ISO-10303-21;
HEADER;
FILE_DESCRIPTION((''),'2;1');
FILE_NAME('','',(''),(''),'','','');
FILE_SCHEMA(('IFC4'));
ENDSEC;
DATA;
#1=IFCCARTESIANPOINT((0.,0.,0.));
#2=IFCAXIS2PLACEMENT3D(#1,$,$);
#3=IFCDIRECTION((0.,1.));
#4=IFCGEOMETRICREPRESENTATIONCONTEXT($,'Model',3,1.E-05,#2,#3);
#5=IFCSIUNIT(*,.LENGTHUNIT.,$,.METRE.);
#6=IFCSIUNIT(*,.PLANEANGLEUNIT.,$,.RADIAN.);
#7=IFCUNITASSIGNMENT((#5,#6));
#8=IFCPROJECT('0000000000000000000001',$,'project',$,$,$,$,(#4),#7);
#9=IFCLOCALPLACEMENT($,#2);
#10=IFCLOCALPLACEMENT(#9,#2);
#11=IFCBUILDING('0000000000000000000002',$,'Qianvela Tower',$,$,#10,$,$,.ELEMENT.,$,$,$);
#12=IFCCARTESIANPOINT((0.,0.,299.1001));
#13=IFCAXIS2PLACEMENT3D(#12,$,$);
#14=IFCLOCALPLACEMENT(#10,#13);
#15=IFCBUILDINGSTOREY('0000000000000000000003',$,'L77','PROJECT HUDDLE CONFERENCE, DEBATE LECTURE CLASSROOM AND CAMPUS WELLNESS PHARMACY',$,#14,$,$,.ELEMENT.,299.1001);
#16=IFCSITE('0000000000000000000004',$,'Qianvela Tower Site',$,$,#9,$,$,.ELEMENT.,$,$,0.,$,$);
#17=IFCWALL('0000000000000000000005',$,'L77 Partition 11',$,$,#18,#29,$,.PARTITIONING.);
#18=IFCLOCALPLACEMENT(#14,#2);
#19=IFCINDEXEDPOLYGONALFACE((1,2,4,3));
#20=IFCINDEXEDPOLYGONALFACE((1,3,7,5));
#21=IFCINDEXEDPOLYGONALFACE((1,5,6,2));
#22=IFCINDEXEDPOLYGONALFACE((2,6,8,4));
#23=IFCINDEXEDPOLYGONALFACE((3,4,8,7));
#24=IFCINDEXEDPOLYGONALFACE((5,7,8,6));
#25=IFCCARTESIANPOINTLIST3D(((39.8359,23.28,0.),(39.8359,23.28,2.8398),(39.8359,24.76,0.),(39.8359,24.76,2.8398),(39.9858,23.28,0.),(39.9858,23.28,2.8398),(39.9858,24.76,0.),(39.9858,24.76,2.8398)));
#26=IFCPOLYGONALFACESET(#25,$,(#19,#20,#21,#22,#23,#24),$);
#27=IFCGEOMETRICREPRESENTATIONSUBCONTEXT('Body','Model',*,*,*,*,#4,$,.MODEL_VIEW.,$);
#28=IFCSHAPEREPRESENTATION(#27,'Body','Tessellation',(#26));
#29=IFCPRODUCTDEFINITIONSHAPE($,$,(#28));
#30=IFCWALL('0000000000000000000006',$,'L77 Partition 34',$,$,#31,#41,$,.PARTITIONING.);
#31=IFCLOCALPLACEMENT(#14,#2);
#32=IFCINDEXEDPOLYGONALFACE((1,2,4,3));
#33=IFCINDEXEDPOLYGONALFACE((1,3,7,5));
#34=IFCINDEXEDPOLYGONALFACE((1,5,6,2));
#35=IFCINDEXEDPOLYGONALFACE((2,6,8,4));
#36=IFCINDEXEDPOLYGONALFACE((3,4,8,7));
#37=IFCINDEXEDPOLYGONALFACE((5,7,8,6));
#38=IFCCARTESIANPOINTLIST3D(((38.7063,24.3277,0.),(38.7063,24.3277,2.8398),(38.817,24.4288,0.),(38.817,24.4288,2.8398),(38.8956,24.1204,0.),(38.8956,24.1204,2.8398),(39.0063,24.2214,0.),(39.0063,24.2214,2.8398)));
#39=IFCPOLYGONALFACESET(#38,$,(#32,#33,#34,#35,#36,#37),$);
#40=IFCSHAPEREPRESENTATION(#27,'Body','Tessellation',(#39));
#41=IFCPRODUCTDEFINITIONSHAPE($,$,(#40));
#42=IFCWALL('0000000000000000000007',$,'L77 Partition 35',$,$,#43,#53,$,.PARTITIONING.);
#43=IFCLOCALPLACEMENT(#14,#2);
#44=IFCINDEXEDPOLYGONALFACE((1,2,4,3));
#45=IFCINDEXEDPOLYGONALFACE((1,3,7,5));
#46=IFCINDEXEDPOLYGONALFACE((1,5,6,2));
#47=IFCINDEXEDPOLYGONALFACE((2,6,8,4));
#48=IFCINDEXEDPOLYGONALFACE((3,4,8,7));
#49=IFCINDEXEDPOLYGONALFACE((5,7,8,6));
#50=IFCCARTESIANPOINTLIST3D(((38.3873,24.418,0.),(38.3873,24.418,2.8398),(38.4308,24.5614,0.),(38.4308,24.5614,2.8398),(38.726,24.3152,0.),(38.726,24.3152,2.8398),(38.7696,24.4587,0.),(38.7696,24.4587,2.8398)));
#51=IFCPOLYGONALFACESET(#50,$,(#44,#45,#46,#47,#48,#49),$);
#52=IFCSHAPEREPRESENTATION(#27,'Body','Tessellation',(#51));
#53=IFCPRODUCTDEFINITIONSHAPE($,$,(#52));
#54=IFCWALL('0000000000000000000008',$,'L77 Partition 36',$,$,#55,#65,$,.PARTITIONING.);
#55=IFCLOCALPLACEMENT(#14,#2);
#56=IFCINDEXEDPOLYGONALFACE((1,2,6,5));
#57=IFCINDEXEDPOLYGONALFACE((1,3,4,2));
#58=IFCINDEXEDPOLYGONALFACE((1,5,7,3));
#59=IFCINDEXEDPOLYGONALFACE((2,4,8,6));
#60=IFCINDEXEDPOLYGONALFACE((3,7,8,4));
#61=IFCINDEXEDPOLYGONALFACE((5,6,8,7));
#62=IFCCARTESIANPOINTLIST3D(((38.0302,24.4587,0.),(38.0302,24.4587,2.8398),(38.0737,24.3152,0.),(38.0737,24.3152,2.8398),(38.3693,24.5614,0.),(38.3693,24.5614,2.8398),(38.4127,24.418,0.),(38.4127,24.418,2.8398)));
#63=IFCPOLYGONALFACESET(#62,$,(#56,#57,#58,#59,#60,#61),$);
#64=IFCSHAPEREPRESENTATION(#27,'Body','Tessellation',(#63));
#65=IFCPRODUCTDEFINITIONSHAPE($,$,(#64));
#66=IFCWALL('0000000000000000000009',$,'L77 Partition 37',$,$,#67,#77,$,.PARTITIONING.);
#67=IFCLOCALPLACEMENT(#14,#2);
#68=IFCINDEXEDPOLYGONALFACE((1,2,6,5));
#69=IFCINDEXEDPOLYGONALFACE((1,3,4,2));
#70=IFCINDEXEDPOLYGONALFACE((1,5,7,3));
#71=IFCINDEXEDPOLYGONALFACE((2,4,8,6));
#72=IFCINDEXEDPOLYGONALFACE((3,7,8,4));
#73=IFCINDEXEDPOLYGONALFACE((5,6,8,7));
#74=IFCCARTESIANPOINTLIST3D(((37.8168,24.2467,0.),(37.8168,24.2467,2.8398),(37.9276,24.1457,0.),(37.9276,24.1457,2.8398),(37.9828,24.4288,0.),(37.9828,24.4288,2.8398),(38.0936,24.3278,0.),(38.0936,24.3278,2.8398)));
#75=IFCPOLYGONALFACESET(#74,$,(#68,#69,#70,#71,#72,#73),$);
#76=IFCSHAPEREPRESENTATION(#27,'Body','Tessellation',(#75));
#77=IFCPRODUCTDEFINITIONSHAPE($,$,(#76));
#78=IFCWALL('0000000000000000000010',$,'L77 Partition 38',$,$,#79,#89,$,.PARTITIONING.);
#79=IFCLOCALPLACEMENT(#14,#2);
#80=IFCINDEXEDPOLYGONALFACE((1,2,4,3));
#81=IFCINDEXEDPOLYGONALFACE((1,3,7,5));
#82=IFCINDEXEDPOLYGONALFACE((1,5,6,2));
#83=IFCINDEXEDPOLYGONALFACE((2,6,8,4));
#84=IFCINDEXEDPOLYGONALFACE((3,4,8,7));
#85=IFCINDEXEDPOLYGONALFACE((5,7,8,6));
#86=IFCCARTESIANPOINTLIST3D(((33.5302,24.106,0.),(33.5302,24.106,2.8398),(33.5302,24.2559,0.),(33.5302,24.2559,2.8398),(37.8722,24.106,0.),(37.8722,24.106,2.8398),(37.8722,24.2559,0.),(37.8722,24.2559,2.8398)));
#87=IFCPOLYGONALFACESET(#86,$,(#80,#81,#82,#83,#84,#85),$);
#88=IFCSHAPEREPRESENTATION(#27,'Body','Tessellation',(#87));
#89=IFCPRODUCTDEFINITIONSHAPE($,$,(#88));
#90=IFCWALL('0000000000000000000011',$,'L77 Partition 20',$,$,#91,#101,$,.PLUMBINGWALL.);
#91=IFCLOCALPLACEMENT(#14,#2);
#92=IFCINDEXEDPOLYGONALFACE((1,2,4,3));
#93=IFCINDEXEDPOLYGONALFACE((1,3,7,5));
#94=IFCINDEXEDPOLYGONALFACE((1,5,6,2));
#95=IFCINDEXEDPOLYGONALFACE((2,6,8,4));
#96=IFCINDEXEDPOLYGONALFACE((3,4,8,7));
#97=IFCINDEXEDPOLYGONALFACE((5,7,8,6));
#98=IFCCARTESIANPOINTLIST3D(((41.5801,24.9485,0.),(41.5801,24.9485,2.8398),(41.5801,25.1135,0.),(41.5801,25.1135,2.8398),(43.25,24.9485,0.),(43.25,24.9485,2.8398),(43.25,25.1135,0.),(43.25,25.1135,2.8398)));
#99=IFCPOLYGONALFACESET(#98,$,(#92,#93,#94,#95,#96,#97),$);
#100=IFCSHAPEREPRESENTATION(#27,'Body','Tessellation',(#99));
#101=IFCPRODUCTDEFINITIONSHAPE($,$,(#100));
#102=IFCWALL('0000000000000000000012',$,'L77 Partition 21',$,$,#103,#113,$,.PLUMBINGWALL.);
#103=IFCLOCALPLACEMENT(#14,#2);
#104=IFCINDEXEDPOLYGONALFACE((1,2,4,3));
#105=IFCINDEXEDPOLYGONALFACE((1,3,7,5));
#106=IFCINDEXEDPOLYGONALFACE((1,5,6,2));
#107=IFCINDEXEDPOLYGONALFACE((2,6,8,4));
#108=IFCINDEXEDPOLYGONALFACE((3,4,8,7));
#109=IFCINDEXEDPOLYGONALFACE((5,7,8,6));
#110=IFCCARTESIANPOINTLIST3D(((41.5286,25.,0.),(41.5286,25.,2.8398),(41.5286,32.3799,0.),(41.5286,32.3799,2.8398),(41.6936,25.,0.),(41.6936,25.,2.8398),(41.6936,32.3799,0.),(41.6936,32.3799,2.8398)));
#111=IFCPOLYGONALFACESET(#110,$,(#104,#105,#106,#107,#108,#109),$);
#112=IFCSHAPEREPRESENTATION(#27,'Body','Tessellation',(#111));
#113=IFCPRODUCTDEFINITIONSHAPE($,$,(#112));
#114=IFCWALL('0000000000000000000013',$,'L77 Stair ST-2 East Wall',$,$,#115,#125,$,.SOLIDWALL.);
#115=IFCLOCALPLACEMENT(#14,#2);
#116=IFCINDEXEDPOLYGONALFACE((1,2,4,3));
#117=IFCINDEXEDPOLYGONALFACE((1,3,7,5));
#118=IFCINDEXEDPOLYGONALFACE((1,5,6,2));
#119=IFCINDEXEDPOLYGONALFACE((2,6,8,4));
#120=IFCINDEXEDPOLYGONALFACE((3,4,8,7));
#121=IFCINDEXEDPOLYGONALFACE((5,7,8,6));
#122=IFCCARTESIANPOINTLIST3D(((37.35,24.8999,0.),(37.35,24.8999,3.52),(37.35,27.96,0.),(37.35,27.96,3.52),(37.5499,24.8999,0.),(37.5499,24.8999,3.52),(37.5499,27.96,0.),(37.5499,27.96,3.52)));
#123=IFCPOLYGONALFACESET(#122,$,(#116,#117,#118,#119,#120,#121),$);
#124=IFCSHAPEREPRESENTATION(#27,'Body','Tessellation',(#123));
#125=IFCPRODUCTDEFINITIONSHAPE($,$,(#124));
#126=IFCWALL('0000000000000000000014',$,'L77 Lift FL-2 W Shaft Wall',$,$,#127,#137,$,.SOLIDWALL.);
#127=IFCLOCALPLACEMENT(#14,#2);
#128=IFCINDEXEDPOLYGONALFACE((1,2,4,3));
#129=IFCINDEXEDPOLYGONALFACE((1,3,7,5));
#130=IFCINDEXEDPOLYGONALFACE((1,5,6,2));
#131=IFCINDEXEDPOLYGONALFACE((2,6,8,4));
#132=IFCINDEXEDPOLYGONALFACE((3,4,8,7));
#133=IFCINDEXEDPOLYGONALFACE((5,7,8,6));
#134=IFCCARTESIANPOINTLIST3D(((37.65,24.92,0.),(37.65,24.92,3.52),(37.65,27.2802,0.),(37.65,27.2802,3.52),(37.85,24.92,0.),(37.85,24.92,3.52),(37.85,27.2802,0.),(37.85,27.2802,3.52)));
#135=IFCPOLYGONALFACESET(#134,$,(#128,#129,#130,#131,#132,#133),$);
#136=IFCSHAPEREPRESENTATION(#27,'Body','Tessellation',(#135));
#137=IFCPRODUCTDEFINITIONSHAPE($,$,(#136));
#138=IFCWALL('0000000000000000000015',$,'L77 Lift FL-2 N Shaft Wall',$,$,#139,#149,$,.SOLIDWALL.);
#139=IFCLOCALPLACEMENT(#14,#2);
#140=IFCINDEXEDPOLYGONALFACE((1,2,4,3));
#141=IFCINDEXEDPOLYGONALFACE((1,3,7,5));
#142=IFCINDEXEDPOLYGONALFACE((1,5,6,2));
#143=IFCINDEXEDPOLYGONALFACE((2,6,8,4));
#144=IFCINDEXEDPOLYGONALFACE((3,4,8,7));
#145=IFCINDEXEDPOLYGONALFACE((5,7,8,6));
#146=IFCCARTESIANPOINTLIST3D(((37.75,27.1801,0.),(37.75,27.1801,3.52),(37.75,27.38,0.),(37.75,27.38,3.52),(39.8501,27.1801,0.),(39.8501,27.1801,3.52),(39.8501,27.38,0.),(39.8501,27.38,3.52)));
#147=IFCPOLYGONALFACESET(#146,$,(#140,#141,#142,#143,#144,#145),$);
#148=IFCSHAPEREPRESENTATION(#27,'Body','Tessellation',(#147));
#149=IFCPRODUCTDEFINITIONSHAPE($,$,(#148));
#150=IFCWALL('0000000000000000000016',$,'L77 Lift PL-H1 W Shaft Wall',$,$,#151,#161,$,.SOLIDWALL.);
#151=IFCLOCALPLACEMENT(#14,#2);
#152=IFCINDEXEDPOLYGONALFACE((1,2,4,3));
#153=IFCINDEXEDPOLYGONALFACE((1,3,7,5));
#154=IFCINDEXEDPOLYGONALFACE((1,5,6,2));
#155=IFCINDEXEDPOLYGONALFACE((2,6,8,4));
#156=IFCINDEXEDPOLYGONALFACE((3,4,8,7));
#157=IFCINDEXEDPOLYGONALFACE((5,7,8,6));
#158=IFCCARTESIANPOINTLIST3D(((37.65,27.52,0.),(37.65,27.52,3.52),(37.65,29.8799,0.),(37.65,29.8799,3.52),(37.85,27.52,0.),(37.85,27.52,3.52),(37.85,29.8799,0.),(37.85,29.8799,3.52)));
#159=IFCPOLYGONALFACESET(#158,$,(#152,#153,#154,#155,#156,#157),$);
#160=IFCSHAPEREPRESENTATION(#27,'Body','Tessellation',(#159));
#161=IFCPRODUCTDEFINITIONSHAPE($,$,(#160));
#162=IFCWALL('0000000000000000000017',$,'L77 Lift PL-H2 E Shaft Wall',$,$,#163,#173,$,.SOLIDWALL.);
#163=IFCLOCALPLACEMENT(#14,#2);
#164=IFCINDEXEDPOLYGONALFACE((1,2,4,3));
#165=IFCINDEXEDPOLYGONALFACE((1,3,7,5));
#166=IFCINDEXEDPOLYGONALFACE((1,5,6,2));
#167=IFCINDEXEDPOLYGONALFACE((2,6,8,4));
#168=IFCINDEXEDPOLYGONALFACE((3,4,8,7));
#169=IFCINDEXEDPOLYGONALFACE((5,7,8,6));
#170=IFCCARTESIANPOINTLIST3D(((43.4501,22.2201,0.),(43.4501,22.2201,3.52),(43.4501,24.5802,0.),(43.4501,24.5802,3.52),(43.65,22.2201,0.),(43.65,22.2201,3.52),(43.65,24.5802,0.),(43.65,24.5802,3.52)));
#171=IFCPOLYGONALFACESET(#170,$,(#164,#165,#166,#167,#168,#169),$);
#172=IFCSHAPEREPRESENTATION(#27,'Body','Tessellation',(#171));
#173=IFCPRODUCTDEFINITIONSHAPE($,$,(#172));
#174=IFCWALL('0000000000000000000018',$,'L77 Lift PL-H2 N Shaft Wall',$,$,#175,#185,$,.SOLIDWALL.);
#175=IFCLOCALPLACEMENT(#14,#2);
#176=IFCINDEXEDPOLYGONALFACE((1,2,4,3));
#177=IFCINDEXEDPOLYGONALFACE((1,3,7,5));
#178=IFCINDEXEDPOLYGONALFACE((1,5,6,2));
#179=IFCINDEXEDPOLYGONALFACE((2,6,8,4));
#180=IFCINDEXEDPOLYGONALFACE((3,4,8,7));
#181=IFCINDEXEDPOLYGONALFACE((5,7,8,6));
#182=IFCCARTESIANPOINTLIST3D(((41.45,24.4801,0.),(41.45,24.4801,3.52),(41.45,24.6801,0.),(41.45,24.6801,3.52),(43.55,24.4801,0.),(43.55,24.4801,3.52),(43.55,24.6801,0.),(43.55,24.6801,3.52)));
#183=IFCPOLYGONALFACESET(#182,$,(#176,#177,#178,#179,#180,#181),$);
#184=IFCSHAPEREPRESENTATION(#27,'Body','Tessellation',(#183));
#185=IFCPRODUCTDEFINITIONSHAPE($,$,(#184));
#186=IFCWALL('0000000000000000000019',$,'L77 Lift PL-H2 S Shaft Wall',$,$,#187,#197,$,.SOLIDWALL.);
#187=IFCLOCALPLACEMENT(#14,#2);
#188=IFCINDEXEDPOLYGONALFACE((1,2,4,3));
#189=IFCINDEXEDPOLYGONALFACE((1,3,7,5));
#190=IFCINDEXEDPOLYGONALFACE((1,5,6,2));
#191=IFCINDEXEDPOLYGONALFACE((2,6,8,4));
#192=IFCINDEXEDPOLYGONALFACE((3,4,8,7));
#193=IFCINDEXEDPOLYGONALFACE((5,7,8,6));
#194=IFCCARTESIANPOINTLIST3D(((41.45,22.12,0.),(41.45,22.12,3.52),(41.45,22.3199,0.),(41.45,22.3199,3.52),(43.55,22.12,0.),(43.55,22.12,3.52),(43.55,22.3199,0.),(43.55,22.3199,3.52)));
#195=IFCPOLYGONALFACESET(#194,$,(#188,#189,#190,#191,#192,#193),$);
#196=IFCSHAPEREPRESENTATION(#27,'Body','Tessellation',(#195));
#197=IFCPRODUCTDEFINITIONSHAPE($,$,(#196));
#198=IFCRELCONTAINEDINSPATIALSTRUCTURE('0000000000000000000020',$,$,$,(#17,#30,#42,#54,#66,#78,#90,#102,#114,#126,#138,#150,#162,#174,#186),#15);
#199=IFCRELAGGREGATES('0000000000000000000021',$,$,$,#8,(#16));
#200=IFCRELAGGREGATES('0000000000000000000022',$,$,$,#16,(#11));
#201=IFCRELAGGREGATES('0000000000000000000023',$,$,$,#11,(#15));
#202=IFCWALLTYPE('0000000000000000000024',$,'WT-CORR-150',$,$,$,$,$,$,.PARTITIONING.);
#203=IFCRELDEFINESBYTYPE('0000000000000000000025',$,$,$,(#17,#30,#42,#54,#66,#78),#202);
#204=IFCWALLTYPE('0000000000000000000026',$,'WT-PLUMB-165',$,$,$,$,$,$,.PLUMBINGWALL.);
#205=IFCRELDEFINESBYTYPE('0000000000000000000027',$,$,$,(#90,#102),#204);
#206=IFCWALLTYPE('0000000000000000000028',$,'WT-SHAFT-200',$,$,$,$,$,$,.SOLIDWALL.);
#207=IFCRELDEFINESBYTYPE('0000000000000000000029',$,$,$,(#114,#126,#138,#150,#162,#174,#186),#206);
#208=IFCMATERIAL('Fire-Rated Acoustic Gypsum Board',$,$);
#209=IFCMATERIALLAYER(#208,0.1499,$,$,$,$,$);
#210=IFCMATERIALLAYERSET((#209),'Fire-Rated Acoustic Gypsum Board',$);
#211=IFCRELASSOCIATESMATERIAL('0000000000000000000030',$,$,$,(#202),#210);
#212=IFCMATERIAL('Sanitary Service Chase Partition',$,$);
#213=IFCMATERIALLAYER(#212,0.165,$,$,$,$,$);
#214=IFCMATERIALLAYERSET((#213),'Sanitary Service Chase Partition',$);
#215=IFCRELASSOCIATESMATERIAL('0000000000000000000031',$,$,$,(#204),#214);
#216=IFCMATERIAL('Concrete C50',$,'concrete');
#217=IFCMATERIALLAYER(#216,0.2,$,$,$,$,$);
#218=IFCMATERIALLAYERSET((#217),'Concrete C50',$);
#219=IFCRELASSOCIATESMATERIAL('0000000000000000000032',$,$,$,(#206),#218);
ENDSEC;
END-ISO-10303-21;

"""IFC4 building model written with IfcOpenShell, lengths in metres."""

from ifc_helpers import new_model, si_unit, direction, frame, frame_2d, origin, place, context, subcontext, project, spatial, rectangle, extrude, material, layer, layer_set, type_object, element, save


model = new_model("IFC4")

# Units and contexts
model_context = context("Model", 3, precision=1e-05, world=origin(), true_north=direction((0.0, 1.0)))
body_context = subcontext(model_context, "Body", "Model", "MODEL_VIEW")
ifc_project = project(units=[si_unit("LENGTHUNIT", "METRE"), si_unit("PLANEANGLEUNIT", "RADIAN")], contexts=[model_context])

# Site, building, storey
site_placement = place(None, origin())
site = spatial("IfcSite", under=ifc_project, at=site_placement, Name="Qianvela Tower Site", CompositionType="ELEMENT", RefElevation=0.0)
building_placement = place(site_placement, origin())
building = spatial("IfcBuilding", under=site, at=building_placement, Name="Qianvela Tower", CompositionType="ELEMENT")
storey_placement = place(building_placement, frame((0.0, 0.0, 299.1001)))
storey = spatial("IfcBuildingStorey", under=building, at=storey_placement, Name="L77", Description="PROJECT HUDDLE CONFERENCE, DEBATE LECTURE CLASSROOM AND CAMPUS WELLNESS PHARMACY", CompositionType="ELEMENT", Elevation=299.1001)

# Walls
ifc_material_1 = material(Name="Fire-Rated Acoustic Gypsum Board")
ifc_layer_1 = layer(ifc_material_1, 0.1499)
ifc_layer_set_1 = layer_set([ifc_layer_1], Name="Fire-Rated Acoustic Gypsum Board")
wall_type_1 = type_object("IfcWallType", Name="WT-CORR-150", PredefinedType="PARTITIONING", material=ifc_layer_set_1)
wall_1_placement = place(storey_placement, frame((39.9109, 23.28, 0.0), z_axis=(0.0, 0.0, 1.0), x_axis=(0.0, 1.0, 0.0)))
element("IfcWall", 1, at=wall_1_placement, inside=storey, type_object=wall_type_1, Name="L77 Partition 11", PredefinedType="PARTITIONING", context=body_context, shape_type="SweptSolid", body=[
    extrude(rectangle(XDim=1.48, YDim=0.1499, at=frame_2d((0.74, 0.0))), origin(), (0.0, 0.0, 1.0), 2.8398),
])
wall_2_placement = place(storey_placement, frame((38.9509, 24.1709, 0.0), z_axis=(0.0, 0.0, 1.0), x_axis=(-0.674187, 0.738561, 0.0)))
element("IfcWall", 2, at=wall_2_placement, inside=storey, type_object=wall_type_1, Name="L77 Partition 34", PredefinedType="PARTITIONING", context=body_context, shape_type="SweptSolid", body=[
    extrude(rectangle(XDim=0.2808, YDim=0.1499, at=frame_2d((0.1404, 0.0))), origin(), (0.0, 0.0, 1.0), 2.8398),
])
wall_3_placement = place(storey_placement, frame((38.7478, 24.387, 0.0), z_axis=(0.0, 0.0, 1.0), x_axis=(-0.956949, 0.290256, 0.0)))
element("IfcWall", 3, at=wall_3_placement, inside=storey, type_object=wall_type_1, Name="L77 Partition 35", PredefinedType="PARTITIONING", context=body_context, shape_type="SweptSolid", body=[
    extrude(rectangle(XDim=0.354, YDim=0.1499, at=frame_2d((0.177, 0.0))), origin(), (0.0, 0.0, 1.0), 2.8398),
])
wall_4_placement = place(storey_placement, frame((38.3911, 24.4897, 0.0), z_axis=(0.0, 0.0, 1.0), x_axis=(-0.957007, -0.290065, 0.0)))
element("IfcWall", 4, at=wall_4_placement, inside=storey, type_object=wall_type_1, Name="L77 Partition 36", PredefinedType="PARTITIONING", context=body_context, shape_type="SweptSolid", body=[
    extrude(rectangle(XDim=0.3542, YDim=0.1499, at=frame_2d((0.1772, 0.0))), origin(), (0.0, 0.0, 1.0), 2.8398),
])
wall_5_placement = place(storey_placement, frame((38.0381, 24.3782, 0.0), z_axis=(0.0, 0.0, 1.0), x_axis=(-0.673658, -0.739043, 0.0)))
element("IfcWall", 5, at=wall_5_placement, inside=storey, type_object=wall_type_1, Name="L77 Partition 37", PredefinedType="PARTITIONING", context=body_context, shape_type="SweptSolid", body=[
    extrude(rectangle(XDim=0.2463, YDim=0.1499, at=frame_2d((0.123, 0.0))), origin(), (0.0, 0.0, 1.0), 2.8398),
])
wall_6_placement = place(storey_placement, frame((37.8721, 24.1809, 0.0), z_axis=(0.0, 0.0, 1.0), x_axis=(-1.0, 0.0, 0.0)))
element("IfcWall", 6, at=wall_6_placement, inside=storey, type_object=wall_type_1, Name="L77 Partition 38", PredefinedType="PARTITIONING", context=body_context, shape_type="SweptSolid", body=[
    extrude(rectangle(XDim=4.342, YDim=0.1499, at=frame_2d((2.1709, 0.0))), origin(), (0.0, 0.0, 1.0), 2.8398),
])
ifc_material_2 = material(Name="Sanitary Service Chase Partition")
ifc_layer_2 = layer(ifc_material_2, 0.165)
ifc_layer_set_2 = layer_set([ifc_layer_2], Name="Sanitary Service Chase Partition")
wall_type_2 = type_object("IfcWallType", Name="WT-PLUMB-165", PredefinedType="PLUMBINGWALL", material=ifc_layer_set_2)
wall_7_placement = place(storey_placement, frame((43.25, 25.031, 0.0), z_axis=(0.0, 0.0, 1.0), x_axis=(-1.0, 0.0, 0.0)))
element("IfcWall", 7, at=wall_7_placement, inside=storey, type_object=wall_type_2, Name="L77 Partition 20", PredefinedType="PLUMBINGWALL", context=body_context, shape_type="SweptSolid", body=[
    extrude(rectangle(XDim=1.6699, YDim=0.165, at=frame_2d((0.835, 0.0))), origin(), (0.0, 0.0, 1.0), 2.8398),
])
wall_8_placement = place(storey_placement, frame((41.6111, 25.0, 0.0), z_axis=(0.0, 0.0, 1.0), x_axis=(0.0, 1.0, 0.0)))
element("IfcWall", 8, at=wall_8_placement, inside=storey, type_object=wall_type_2, Name="L77 Partition 21", PredefinedType="PLUMBINGWALL", context=body_context, shape_type="SweptSolid", body=[
    extrude(rectangle(XDim=7.3799, YDim=0.165, at=frame_2d((3.6899, 0.0))), origin(), (0.0, 0.0, 1.0), 2.8398),
])
ifc_material_3 = material(Name="Concrete C50", Category="concrete")
ifc_layer_3 = layer(ifc_material_3, 0.2)
ifc_layer_set_3 = layer_set([ifc_layer_3], Name="Concrete C50")
wall_type_3 = type_object("IfcWallType", Name="WT-SHAFT-200", PredefinedType="SOLIDWALL", material=ifc_layer_set_3)
wall_9_placement = place(storey_placement, frame((37.45, 24.8999, 0.0), z_axis=(0.0, 0.0, 1.0), x_axis=(0.0, 1.0, 0.0)))
element("IfcWall", 9, at=wall_9_placement, inside=storey, type_object=wall_type_3, Name="L77 Stair ST-2 East Wall", PredefinedType="SOLIDWALL", context=body_context, shape_type="SweptSolid", body=[
    extrude(rectangle(XDim=3.0601, YDim=0.2, at=frame_2d((1.53, 0.0))), origin(), (0.0, 0.0, 1.0), 3.52),
])

# Walls
wall_10_placement = place(storey_placement, frame((37.75, 24.9199, 0.0), z_axis=(0.0, 0.0, 1.0), x_axis=(0.0, 1.0, 0.0)))
element("IfcWall", 10, at=wall_10_placement, inside=storey, type_object=wall_type_3, Name="L77 Lift FL-2 W Shaft Wall", PredefinedType="SOLIDWALL", context=body_context, shape_type="SweptSolid", body=[
    extrude(rectangle(XDim=2.3601, YDim=0.2, at=frame_2d((1.1802, 0.0))), origin(), (0.0, 0.0, 1.0), 3.52),
])
wall_11_placement = place(storey_placement, frame((37.75, 27.28, 0.0), z_axis=(0.0, 0.0, 1.0), x_axis=(1.0, 0.0, 0.0)))
element("IfcWall", 11, at=wall_11_placement, inside=storey, type_object=wall_type_3, Name="L77 Lift FL-2 N Shaft Wall", PredefinedType="SOLIDWALL", context=body_context, shape_type="SweptSolid", body=[
    extrude(rectangle(XDim=2.1001, YDim=0.2, at=frame_2d((1.05, 0.0))), origin(), (0.0, 0.0, 1.0), 3.52),
])

# Walls
wall_12_placement = place(storey_placement, frame((37.75, 27.52, 0.0), z_axis=(0.0, 0.0, 1.0), x_axis=(0.0, 1.0, 0.0)))
element("IfcWall", 12, at=wall_12_placement, inside=storey, type_object=wall_type_3, Name="L77 Lift PL-H1 W Shaft Wall", PredefinedType="SOLIDWALL", context=body_context, shape_type="SweptSolid", body=[
    extrude(rectangle(XDim=2.3599, YDim=0.2, at=frame_2d((1.1799, 0.0))), origin(), (0.0, 0.0, 1.0), 3.52),
])
wall_13_placement = place(storey_placement, frame((43.55, 22.22, 0.0), z_axis=(0.0, 0.0, 1.0), x_axis=(0.0, 1.0, 0.0)))
element("IfcWall", 13, at=wall_13_placement, inside=storey, type_object=wall_type_3, Name="L77 Lift PL-H2 E Shaft Wall", PredefinedType="SOLIDWALL", context=body_context, shape_type="SweptSolid", body=[
    extrude(rectangle(XDim=2.3601, YDim=0.2, at=frame_2d((1.1802, 0.0))), origin(), (0.0, 0.0, 1.0), 3.52),
])

# Walls
for number, where, z_axis, x_axis, name in (
    (14, (41.45, 24.5801, 0.0), (0.0, 0.0, 1.0), (1.0, 0.0, 0.0), "L77 Lift PL-H2 N Shaft Wall"),
    (15, (41.45, 22.22, 0.0), (0.0, 0.0, 1.0), (1.0, 0.0, 0.0), "L77 Lift PL-H2 S Shaft Wall"),
):
    element("IfcWall", number, at=place(storey_placement, frame(where, z_axis=z_axis, x_axis=x_axis)), inside=storey, type_object=wall_type_3, Name=name, PredefinedType="SOLIDWALL", context=body_context, shape_type="SweptSolid", body=[
        extrude(rectangle(XDim=2.1001, YDim=0.2, at=frame_2d((1.05, 0.0))), origin(), (0.0, 0.0, 1.0), 3.52),
    ])

save(model, "model.ifc")
